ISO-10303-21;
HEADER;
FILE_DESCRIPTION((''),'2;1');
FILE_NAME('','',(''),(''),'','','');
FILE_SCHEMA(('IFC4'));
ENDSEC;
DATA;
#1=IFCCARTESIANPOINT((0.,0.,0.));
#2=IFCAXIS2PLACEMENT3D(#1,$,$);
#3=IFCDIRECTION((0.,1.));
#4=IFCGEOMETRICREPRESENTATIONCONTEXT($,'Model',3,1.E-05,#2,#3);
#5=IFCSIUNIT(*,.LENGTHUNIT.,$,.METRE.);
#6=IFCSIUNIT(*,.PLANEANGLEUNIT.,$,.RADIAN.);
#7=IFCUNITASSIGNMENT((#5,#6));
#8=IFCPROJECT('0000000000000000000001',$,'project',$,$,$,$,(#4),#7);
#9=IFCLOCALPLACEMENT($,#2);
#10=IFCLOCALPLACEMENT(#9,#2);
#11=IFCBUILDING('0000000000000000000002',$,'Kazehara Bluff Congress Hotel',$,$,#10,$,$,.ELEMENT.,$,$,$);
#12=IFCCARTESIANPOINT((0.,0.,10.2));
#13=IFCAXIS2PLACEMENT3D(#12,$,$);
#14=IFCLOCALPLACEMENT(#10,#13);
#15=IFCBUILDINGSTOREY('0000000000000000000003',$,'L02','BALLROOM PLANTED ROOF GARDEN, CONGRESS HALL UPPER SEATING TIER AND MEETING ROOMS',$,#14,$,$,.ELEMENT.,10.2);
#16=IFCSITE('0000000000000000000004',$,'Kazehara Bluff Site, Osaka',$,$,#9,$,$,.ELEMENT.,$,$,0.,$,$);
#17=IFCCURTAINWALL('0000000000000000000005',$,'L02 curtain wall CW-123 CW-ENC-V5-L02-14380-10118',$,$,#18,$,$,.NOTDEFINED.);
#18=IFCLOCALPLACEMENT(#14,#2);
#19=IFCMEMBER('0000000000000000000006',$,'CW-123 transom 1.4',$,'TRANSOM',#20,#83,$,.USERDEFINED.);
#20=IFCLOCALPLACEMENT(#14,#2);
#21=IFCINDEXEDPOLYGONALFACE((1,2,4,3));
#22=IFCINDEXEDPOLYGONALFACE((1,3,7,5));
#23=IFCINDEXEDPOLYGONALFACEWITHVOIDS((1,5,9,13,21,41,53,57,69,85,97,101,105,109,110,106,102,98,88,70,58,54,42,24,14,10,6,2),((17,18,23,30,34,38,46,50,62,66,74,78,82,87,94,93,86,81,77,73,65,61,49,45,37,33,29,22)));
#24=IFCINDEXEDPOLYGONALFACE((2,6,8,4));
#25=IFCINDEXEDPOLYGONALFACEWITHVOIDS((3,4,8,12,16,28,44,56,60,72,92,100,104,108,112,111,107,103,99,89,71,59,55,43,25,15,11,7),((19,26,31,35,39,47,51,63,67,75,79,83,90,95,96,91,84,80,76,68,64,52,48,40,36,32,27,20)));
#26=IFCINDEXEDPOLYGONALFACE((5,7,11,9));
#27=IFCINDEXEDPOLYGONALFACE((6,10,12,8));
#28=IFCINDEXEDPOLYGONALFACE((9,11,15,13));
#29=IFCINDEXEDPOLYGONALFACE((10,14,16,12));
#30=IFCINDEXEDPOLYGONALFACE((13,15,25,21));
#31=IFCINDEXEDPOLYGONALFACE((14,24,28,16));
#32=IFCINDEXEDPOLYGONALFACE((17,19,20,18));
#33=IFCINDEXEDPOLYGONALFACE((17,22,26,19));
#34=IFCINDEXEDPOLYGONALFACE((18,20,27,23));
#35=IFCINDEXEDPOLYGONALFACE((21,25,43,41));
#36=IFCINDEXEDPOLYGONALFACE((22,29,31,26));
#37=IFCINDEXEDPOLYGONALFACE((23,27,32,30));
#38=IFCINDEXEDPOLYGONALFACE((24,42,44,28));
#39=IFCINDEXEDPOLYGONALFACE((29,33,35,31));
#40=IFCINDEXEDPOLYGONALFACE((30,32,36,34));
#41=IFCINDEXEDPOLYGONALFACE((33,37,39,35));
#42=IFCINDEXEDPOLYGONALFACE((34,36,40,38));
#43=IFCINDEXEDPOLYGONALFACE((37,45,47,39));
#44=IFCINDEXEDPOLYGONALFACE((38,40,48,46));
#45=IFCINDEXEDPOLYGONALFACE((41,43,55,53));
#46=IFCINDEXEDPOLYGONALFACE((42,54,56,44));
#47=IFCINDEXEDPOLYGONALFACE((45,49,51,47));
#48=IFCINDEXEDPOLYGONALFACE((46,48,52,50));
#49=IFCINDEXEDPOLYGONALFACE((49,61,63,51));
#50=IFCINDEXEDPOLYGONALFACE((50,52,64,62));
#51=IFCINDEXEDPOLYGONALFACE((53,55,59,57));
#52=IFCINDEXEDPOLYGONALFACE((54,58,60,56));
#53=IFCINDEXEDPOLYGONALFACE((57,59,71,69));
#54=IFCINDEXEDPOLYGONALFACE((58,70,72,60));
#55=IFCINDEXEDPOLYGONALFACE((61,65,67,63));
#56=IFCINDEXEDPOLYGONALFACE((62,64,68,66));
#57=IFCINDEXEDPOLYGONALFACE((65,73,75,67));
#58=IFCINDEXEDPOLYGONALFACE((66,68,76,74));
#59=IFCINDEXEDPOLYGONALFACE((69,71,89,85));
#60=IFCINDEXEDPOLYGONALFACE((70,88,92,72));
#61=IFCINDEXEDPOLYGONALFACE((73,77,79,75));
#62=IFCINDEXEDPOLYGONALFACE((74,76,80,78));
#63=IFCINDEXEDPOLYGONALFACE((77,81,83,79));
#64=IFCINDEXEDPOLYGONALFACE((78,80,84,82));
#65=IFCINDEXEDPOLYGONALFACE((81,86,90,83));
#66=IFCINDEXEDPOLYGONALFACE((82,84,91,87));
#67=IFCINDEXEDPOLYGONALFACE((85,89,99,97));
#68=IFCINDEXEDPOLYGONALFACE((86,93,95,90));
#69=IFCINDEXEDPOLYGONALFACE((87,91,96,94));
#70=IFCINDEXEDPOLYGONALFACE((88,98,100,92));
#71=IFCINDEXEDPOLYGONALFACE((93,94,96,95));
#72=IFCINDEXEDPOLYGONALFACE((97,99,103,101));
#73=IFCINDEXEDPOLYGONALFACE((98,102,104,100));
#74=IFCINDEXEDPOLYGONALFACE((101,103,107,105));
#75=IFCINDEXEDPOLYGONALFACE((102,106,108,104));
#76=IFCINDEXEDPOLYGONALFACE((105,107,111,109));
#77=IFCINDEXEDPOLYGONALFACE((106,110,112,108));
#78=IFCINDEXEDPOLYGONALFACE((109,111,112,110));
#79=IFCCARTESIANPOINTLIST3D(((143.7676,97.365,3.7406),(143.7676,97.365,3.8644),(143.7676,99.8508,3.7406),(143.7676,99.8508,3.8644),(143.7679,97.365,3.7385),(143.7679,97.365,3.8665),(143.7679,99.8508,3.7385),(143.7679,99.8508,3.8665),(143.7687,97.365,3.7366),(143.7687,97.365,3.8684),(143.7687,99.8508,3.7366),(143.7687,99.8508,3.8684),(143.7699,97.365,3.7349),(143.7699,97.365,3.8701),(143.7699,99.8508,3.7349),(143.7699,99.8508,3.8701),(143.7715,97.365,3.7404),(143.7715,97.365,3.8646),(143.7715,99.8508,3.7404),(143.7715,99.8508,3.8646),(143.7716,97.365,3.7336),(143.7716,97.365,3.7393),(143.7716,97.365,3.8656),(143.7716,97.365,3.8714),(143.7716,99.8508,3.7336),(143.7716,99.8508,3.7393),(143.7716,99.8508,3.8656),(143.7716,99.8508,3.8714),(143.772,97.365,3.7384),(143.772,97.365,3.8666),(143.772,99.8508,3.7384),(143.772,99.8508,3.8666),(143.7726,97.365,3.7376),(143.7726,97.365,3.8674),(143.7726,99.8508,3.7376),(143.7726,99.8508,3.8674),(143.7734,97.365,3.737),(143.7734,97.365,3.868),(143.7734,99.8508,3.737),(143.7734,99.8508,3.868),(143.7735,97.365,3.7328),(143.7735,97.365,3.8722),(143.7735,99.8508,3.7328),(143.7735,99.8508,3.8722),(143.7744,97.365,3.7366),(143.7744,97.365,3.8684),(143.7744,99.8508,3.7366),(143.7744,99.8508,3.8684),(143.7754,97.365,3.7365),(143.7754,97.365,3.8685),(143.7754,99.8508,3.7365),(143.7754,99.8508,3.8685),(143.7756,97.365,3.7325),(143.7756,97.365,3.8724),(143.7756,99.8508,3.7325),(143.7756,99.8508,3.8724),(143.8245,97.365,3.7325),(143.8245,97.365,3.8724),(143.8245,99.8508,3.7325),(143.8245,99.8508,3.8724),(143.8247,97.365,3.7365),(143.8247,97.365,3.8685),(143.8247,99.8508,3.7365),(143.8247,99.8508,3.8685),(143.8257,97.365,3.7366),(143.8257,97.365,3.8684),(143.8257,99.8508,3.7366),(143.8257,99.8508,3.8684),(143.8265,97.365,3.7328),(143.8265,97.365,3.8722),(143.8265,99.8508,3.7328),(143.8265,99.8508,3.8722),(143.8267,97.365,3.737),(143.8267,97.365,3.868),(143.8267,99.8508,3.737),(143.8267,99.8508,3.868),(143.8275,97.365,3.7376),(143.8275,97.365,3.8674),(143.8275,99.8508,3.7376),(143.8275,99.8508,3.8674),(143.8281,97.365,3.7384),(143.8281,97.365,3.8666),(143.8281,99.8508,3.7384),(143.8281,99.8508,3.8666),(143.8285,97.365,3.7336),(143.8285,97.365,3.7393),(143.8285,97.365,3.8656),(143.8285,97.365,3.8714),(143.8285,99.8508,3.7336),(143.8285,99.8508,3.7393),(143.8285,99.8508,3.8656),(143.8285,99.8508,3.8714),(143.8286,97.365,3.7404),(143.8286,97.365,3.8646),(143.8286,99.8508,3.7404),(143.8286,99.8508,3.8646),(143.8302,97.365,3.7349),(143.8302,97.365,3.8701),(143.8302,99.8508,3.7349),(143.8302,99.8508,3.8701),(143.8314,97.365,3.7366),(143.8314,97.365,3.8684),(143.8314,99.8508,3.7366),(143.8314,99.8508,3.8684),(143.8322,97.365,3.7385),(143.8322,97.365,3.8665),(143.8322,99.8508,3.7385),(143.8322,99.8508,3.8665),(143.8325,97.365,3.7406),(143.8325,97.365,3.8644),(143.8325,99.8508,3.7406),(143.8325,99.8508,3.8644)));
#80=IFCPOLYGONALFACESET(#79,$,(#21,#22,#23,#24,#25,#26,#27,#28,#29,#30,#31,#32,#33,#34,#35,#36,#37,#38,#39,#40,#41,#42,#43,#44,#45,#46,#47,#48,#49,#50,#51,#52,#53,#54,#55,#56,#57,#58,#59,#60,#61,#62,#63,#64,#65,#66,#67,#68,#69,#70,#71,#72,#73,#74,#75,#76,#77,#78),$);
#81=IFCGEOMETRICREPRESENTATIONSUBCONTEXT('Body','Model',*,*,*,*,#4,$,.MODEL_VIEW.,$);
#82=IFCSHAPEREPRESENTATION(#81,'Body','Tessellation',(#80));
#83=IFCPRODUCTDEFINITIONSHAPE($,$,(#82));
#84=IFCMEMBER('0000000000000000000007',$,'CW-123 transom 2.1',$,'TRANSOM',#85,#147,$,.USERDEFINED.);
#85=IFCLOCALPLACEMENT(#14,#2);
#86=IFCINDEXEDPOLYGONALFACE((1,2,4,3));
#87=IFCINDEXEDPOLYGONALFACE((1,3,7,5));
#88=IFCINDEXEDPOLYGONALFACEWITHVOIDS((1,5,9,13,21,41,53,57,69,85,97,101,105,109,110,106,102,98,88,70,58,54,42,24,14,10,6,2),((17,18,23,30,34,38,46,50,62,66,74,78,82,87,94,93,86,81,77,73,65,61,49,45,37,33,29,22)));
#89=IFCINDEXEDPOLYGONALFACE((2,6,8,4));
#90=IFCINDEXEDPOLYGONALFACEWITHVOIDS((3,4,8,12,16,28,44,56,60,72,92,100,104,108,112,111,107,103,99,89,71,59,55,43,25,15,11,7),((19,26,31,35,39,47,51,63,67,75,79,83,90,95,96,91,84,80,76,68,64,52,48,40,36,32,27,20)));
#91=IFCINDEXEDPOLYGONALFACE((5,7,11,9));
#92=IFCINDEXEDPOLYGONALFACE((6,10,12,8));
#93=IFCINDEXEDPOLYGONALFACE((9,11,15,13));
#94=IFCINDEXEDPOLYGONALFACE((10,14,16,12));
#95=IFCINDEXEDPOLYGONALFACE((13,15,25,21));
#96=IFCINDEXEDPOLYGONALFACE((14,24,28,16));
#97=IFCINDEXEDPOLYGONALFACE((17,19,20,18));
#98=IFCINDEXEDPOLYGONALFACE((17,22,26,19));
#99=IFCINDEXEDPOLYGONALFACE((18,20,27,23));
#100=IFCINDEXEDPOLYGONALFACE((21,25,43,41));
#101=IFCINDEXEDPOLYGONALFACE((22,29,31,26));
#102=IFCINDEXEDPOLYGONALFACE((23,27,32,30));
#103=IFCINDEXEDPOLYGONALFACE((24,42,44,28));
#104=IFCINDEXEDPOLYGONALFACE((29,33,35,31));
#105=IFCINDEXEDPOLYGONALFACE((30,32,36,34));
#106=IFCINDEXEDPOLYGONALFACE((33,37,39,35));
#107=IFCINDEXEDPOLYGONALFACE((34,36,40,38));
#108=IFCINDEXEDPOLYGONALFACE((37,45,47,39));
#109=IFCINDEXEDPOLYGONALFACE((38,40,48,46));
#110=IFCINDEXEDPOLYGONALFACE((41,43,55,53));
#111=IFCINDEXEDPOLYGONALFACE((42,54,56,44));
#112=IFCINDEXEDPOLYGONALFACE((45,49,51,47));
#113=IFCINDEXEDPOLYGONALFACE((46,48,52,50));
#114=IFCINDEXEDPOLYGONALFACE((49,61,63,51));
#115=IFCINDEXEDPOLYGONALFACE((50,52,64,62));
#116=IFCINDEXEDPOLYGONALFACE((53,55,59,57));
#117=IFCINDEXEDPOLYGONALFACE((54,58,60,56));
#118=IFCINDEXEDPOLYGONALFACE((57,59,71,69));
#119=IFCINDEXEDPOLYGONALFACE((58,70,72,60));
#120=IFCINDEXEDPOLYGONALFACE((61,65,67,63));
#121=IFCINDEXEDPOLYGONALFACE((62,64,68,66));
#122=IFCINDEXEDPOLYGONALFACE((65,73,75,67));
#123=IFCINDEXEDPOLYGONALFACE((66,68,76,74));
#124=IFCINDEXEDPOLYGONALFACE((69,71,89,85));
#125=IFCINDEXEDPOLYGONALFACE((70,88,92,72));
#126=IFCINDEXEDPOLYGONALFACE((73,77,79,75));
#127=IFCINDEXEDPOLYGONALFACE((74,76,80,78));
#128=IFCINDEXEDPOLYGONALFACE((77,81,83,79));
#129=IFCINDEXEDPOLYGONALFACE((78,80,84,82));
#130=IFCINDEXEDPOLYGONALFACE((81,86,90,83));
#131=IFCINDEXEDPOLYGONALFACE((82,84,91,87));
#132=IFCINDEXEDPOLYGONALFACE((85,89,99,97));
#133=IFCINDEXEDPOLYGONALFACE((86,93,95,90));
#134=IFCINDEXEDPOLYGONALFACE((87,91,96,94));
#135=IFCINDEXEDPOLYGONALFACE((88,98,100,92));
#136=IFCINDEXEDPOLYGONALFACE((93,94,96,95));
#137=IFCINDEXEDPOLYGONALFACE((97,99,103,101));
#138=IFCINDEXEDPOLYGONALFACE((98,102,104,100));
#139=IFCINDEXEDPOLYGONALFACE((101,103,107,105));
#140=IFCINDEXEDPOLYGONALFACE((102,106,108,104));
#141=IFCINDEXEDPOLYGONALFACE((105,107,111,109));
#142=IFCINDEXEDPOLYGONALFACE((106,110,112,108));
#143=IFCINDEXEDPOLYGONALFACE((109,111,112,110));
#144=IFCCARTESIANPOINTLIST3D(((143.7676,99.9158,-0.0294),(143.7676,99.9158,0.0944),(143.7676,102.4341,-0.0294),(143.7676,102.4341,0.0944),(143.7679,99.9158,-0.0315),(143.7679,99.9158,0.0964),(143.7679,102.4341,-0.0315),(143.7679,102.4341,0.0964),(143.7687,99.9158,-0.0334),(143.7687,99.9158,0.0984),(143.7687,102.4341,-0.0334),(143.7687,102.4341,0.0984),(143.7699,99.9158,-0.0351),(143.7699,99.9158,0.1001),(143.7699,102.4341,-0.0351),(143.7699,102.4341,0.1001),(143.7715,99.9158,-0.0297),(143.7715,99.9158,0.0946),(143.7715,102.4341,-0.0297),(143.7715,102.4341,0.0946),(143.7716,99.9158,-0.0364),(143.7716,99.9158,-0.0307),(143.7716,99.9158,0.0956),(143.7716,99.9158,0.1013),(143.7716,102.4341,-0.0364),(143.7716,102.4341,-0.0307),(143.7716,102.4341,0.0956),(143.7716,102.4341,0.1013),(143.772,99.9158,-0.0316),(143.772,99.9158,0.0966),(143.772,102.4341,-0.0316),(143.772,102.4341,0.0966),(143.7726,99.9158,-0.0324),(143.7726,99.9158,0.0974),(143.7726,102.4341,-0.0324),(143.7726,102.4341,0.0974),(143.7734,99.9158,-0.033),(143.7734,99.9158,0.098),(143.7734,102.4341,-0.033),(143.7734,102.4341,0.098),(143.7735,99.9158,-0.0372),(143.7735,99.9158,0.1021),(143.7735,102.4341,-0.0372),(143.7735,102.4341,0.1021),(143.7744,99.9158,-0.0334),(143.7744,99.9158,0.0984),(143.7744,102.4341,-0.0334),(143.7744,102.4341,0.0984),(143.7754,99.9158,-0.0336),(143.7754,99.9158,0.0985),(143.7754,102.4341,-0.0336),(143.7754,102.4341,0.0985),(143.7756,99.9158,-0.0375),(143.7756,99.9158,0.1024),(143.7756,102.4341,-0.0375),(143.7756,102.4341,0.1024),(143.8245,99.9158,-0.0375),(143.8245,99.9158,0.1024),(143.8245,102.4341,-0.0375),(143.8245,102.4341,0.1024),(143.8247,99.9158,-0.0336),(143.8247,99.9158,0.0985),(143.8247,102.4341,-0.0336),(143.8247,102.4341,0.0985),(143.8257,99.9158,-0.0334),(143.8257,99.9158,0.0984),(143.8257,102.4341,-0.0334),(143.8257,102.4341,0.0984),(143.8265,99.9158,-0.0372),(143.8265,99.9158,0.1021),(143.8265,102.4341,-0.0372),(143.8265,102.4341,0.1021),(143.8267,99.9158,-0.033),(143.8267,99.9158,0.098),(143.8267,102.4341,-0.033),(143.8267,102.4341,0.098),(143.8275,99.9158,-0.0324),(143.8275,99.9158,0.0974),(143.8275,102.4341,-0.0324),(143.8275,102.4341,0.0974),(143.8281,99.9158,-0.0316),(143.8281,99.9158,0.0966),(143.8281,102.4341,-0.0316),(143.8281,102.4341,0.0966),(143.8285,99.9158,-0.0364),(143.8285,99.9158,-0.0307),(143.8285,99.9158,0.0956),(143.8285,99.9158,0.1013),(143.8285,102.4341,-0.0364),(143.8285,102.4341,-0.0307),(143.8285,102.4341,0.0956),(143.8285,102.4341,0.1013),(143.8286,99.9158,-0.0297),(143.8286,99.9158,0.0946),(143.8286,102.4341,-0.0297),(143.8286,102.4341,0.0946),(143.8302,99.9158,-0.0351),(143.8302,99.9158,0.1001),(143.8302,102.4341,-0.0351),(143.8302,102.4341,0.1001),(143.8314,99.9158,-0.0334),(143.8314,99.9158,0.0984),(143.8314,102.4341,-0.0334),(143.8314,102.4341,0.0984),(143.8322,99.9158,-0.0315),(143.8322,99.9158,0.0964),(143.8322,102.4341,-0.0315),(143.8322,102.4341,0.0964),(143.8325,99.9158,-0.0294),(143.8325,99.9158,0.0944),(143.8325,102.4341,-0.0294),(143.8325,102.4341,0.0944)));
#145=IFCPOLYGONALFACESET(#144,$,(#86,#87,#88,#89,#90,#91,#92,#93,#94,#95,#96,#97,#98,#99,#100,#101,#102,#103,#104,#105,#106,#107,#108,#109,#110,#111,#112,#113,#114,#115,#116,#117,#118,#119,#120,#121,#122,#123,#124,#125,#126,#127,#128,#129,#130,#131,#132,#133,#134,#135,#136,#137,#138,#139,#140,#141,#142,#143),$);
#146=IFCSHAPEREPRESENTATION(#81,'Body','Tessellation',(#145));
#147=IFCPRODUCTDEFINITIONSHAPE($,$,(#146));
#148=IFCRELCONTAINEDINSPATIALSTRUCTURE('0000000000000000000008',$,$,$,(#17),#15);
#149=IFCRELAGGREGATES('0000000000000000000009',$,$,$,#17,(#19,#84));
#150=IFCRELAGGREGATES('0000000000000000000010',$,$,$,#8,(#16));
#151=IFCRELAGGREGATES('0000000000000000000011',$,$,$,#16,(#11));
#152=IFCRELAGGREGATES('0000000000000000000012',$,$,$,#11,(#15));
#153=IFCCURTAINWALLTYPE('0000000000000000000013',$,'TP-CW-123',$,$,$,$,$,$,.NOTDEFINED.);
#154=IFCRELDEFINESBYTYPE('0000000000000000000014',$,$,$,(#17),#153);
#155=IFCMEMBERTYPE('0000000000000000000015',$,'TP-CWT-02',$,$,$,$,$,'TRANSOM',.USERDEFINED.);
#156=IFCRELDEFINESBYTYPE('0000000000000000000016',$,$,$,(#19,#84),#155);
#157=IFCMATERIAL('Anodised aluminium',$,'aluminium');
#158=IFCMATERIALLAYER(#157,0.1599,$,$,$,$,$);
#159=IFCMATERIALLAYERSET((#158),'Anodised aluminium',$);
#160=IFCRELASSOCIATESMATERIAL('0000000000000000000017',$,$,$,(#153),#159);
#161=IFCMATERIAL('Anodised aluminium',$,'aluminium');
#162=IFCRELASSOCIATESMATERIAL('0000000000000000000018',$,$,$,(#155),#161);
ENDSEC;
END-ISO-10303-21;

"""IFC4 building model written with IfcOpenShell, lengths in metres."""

from ifc_helpers import new_model, si_unit, direction, frame, origin, origin_2d, place, context, subcontext, project, spatial, hollow_rectangle, extrude, material, layer, layer_set, material_profile, profile_set, type_object, element, aggregate, save


model = new_model("IFC4")

# Units and contexts
model_context = context("Model", 3, precision=1e-05, world=origin(), true_north=direction((0.0, 1.0)))
body_context = subcontext(model_context, "Body", "Model", "MODEL_VIEW")
ifc_project = project(units=[si_unit("LENGTHUNIT", "METRE"), si_unit("PLANEANGLEUNIT", "RADIAN")], contexts=[model_context])

# Site, building, storey
site_placement = place(None, origin())
site = spatial("IfcSite", under=ifc_project, at=site_placement, Name="Kazehara Bluff Site, Osaka", CompositionType="ELEMENT", RefElevation=0.0)
building_placement = place(site_placement, origin())
building = spatial("IfcBuilding", under=site, at=building_placement, Name="Kazehara Bluff Congress Hotel", CompositionType="ELEMENT")
storey_placement = place(building_placement, frame((0.0, 0.0, 10.2)))
storey = spatial("IfcBuildingStorey", under=building, at=storey_placement, Name="L02", Description="BALLROOM PLANTED ROOF GARDEN, CONGRESS HALL UPPER SEATING TIER AND MEETING ROOMS", CompositionType="ELEMENT", Elevation=10.2)

# Curtain wall
ifc_material_1 = material(Name="Anodised aluminium", Category="aluminium")
ifc_layer_1 = layer(ifc_material_1, 0.1599)
ifc_layer_set_1 = layer_set([ifc_layer_1], Name="Anodised aluminium")
curtain_wall_type_1 = type_object("IfcCurtainWallType", Name="TP-CW-123", PredefinedType="NOTDEFINED", material=ifc_layer_set_1)
curtain_wall_1_placement = place(storey_placement, origin())
curtain_wall_1 = element("IfcCurtainWall", 1, at=curtain_wall_1_placement, inside=storey, type_object=curtain_wall_type_1, Name="L02 curtain wall CW-123 CW-ENC-V5-L02-14380-10118", PredefinedType="NOTDEFINED")

# Members
ifc_material_2 = material(Name="Anodised aluminium", Category="aluminium")
ifc_material_profile_1 = material_profile(ifc_material_2, hollow_rectangle(XDim=0.0649, YDim=0.1399, WallThickness=0.0039, InnerFilletRadius=0.0039, OuterFilletRadius=0.0081, at=origin_2d()))
ifc_profile_set_1 = profile_set([ifc_material_profile_1], Name="Anodised aluminium")
member_type_1 = type_object("IfcMemberType", Name="TP-CWT-02", ElementType="TRANSOM", PredefinedType="USERDEFINED", material=ifc_profile_set_1)
member_1_placement = place(storey_placement, frame((143.8, 97.365, 3.8025), z_axis=(0.0, 1.0, 0.0), x_axis=(-1.0, 0.0, 0.0)))
member_1 = element("IfcMember", 2, at=member_1_placement, type_object=member_type_1, Name="CW-123 transom 1.4", ObjectType="TRANSOM", PredefinedType="USERDEFINED", context=body_context, shape_type="SweptSolid", body=[
    extrude(hollow_rectangle(XDim=0.0649, YDim=0.1399, WallThickness=0.0039, InnerFilletRadius=0.0039, OuterFilletRadius=0.0081, at=origin_2d()), origin(), (0.0, 0.0, 1.0), 2.4858),
])
member_2_placement = place(storey_placement, frame((143.8, 99.9158, 0.0325), z_axis=(0.0, 1.0, 0.0), x_axis=(-1.0, 0.0, 0.0)))
member_2 = element("IfcMember", 3, at=member_2_placement, type_object=member_type_1, Name="CW-123 transom 2.1", ObjectType="TRANSOM", PredefinedType="USERDEFINED", context=body_context, shape_type="SweptSolid", body=[
    extrude(hollow_rectangle(XDim=0.0649, YDim=0.1399, WallThickness=0.0039, InnerFilletRadius=0.0039, OuterFilletRadius=0.0081, at=origin_2d()), origin(), (0.0, 0.0, 1.0), 2.5183),
])

aggregate(curtain_wall_1, [member_1, member_2])

save(model, "model.ifc")
